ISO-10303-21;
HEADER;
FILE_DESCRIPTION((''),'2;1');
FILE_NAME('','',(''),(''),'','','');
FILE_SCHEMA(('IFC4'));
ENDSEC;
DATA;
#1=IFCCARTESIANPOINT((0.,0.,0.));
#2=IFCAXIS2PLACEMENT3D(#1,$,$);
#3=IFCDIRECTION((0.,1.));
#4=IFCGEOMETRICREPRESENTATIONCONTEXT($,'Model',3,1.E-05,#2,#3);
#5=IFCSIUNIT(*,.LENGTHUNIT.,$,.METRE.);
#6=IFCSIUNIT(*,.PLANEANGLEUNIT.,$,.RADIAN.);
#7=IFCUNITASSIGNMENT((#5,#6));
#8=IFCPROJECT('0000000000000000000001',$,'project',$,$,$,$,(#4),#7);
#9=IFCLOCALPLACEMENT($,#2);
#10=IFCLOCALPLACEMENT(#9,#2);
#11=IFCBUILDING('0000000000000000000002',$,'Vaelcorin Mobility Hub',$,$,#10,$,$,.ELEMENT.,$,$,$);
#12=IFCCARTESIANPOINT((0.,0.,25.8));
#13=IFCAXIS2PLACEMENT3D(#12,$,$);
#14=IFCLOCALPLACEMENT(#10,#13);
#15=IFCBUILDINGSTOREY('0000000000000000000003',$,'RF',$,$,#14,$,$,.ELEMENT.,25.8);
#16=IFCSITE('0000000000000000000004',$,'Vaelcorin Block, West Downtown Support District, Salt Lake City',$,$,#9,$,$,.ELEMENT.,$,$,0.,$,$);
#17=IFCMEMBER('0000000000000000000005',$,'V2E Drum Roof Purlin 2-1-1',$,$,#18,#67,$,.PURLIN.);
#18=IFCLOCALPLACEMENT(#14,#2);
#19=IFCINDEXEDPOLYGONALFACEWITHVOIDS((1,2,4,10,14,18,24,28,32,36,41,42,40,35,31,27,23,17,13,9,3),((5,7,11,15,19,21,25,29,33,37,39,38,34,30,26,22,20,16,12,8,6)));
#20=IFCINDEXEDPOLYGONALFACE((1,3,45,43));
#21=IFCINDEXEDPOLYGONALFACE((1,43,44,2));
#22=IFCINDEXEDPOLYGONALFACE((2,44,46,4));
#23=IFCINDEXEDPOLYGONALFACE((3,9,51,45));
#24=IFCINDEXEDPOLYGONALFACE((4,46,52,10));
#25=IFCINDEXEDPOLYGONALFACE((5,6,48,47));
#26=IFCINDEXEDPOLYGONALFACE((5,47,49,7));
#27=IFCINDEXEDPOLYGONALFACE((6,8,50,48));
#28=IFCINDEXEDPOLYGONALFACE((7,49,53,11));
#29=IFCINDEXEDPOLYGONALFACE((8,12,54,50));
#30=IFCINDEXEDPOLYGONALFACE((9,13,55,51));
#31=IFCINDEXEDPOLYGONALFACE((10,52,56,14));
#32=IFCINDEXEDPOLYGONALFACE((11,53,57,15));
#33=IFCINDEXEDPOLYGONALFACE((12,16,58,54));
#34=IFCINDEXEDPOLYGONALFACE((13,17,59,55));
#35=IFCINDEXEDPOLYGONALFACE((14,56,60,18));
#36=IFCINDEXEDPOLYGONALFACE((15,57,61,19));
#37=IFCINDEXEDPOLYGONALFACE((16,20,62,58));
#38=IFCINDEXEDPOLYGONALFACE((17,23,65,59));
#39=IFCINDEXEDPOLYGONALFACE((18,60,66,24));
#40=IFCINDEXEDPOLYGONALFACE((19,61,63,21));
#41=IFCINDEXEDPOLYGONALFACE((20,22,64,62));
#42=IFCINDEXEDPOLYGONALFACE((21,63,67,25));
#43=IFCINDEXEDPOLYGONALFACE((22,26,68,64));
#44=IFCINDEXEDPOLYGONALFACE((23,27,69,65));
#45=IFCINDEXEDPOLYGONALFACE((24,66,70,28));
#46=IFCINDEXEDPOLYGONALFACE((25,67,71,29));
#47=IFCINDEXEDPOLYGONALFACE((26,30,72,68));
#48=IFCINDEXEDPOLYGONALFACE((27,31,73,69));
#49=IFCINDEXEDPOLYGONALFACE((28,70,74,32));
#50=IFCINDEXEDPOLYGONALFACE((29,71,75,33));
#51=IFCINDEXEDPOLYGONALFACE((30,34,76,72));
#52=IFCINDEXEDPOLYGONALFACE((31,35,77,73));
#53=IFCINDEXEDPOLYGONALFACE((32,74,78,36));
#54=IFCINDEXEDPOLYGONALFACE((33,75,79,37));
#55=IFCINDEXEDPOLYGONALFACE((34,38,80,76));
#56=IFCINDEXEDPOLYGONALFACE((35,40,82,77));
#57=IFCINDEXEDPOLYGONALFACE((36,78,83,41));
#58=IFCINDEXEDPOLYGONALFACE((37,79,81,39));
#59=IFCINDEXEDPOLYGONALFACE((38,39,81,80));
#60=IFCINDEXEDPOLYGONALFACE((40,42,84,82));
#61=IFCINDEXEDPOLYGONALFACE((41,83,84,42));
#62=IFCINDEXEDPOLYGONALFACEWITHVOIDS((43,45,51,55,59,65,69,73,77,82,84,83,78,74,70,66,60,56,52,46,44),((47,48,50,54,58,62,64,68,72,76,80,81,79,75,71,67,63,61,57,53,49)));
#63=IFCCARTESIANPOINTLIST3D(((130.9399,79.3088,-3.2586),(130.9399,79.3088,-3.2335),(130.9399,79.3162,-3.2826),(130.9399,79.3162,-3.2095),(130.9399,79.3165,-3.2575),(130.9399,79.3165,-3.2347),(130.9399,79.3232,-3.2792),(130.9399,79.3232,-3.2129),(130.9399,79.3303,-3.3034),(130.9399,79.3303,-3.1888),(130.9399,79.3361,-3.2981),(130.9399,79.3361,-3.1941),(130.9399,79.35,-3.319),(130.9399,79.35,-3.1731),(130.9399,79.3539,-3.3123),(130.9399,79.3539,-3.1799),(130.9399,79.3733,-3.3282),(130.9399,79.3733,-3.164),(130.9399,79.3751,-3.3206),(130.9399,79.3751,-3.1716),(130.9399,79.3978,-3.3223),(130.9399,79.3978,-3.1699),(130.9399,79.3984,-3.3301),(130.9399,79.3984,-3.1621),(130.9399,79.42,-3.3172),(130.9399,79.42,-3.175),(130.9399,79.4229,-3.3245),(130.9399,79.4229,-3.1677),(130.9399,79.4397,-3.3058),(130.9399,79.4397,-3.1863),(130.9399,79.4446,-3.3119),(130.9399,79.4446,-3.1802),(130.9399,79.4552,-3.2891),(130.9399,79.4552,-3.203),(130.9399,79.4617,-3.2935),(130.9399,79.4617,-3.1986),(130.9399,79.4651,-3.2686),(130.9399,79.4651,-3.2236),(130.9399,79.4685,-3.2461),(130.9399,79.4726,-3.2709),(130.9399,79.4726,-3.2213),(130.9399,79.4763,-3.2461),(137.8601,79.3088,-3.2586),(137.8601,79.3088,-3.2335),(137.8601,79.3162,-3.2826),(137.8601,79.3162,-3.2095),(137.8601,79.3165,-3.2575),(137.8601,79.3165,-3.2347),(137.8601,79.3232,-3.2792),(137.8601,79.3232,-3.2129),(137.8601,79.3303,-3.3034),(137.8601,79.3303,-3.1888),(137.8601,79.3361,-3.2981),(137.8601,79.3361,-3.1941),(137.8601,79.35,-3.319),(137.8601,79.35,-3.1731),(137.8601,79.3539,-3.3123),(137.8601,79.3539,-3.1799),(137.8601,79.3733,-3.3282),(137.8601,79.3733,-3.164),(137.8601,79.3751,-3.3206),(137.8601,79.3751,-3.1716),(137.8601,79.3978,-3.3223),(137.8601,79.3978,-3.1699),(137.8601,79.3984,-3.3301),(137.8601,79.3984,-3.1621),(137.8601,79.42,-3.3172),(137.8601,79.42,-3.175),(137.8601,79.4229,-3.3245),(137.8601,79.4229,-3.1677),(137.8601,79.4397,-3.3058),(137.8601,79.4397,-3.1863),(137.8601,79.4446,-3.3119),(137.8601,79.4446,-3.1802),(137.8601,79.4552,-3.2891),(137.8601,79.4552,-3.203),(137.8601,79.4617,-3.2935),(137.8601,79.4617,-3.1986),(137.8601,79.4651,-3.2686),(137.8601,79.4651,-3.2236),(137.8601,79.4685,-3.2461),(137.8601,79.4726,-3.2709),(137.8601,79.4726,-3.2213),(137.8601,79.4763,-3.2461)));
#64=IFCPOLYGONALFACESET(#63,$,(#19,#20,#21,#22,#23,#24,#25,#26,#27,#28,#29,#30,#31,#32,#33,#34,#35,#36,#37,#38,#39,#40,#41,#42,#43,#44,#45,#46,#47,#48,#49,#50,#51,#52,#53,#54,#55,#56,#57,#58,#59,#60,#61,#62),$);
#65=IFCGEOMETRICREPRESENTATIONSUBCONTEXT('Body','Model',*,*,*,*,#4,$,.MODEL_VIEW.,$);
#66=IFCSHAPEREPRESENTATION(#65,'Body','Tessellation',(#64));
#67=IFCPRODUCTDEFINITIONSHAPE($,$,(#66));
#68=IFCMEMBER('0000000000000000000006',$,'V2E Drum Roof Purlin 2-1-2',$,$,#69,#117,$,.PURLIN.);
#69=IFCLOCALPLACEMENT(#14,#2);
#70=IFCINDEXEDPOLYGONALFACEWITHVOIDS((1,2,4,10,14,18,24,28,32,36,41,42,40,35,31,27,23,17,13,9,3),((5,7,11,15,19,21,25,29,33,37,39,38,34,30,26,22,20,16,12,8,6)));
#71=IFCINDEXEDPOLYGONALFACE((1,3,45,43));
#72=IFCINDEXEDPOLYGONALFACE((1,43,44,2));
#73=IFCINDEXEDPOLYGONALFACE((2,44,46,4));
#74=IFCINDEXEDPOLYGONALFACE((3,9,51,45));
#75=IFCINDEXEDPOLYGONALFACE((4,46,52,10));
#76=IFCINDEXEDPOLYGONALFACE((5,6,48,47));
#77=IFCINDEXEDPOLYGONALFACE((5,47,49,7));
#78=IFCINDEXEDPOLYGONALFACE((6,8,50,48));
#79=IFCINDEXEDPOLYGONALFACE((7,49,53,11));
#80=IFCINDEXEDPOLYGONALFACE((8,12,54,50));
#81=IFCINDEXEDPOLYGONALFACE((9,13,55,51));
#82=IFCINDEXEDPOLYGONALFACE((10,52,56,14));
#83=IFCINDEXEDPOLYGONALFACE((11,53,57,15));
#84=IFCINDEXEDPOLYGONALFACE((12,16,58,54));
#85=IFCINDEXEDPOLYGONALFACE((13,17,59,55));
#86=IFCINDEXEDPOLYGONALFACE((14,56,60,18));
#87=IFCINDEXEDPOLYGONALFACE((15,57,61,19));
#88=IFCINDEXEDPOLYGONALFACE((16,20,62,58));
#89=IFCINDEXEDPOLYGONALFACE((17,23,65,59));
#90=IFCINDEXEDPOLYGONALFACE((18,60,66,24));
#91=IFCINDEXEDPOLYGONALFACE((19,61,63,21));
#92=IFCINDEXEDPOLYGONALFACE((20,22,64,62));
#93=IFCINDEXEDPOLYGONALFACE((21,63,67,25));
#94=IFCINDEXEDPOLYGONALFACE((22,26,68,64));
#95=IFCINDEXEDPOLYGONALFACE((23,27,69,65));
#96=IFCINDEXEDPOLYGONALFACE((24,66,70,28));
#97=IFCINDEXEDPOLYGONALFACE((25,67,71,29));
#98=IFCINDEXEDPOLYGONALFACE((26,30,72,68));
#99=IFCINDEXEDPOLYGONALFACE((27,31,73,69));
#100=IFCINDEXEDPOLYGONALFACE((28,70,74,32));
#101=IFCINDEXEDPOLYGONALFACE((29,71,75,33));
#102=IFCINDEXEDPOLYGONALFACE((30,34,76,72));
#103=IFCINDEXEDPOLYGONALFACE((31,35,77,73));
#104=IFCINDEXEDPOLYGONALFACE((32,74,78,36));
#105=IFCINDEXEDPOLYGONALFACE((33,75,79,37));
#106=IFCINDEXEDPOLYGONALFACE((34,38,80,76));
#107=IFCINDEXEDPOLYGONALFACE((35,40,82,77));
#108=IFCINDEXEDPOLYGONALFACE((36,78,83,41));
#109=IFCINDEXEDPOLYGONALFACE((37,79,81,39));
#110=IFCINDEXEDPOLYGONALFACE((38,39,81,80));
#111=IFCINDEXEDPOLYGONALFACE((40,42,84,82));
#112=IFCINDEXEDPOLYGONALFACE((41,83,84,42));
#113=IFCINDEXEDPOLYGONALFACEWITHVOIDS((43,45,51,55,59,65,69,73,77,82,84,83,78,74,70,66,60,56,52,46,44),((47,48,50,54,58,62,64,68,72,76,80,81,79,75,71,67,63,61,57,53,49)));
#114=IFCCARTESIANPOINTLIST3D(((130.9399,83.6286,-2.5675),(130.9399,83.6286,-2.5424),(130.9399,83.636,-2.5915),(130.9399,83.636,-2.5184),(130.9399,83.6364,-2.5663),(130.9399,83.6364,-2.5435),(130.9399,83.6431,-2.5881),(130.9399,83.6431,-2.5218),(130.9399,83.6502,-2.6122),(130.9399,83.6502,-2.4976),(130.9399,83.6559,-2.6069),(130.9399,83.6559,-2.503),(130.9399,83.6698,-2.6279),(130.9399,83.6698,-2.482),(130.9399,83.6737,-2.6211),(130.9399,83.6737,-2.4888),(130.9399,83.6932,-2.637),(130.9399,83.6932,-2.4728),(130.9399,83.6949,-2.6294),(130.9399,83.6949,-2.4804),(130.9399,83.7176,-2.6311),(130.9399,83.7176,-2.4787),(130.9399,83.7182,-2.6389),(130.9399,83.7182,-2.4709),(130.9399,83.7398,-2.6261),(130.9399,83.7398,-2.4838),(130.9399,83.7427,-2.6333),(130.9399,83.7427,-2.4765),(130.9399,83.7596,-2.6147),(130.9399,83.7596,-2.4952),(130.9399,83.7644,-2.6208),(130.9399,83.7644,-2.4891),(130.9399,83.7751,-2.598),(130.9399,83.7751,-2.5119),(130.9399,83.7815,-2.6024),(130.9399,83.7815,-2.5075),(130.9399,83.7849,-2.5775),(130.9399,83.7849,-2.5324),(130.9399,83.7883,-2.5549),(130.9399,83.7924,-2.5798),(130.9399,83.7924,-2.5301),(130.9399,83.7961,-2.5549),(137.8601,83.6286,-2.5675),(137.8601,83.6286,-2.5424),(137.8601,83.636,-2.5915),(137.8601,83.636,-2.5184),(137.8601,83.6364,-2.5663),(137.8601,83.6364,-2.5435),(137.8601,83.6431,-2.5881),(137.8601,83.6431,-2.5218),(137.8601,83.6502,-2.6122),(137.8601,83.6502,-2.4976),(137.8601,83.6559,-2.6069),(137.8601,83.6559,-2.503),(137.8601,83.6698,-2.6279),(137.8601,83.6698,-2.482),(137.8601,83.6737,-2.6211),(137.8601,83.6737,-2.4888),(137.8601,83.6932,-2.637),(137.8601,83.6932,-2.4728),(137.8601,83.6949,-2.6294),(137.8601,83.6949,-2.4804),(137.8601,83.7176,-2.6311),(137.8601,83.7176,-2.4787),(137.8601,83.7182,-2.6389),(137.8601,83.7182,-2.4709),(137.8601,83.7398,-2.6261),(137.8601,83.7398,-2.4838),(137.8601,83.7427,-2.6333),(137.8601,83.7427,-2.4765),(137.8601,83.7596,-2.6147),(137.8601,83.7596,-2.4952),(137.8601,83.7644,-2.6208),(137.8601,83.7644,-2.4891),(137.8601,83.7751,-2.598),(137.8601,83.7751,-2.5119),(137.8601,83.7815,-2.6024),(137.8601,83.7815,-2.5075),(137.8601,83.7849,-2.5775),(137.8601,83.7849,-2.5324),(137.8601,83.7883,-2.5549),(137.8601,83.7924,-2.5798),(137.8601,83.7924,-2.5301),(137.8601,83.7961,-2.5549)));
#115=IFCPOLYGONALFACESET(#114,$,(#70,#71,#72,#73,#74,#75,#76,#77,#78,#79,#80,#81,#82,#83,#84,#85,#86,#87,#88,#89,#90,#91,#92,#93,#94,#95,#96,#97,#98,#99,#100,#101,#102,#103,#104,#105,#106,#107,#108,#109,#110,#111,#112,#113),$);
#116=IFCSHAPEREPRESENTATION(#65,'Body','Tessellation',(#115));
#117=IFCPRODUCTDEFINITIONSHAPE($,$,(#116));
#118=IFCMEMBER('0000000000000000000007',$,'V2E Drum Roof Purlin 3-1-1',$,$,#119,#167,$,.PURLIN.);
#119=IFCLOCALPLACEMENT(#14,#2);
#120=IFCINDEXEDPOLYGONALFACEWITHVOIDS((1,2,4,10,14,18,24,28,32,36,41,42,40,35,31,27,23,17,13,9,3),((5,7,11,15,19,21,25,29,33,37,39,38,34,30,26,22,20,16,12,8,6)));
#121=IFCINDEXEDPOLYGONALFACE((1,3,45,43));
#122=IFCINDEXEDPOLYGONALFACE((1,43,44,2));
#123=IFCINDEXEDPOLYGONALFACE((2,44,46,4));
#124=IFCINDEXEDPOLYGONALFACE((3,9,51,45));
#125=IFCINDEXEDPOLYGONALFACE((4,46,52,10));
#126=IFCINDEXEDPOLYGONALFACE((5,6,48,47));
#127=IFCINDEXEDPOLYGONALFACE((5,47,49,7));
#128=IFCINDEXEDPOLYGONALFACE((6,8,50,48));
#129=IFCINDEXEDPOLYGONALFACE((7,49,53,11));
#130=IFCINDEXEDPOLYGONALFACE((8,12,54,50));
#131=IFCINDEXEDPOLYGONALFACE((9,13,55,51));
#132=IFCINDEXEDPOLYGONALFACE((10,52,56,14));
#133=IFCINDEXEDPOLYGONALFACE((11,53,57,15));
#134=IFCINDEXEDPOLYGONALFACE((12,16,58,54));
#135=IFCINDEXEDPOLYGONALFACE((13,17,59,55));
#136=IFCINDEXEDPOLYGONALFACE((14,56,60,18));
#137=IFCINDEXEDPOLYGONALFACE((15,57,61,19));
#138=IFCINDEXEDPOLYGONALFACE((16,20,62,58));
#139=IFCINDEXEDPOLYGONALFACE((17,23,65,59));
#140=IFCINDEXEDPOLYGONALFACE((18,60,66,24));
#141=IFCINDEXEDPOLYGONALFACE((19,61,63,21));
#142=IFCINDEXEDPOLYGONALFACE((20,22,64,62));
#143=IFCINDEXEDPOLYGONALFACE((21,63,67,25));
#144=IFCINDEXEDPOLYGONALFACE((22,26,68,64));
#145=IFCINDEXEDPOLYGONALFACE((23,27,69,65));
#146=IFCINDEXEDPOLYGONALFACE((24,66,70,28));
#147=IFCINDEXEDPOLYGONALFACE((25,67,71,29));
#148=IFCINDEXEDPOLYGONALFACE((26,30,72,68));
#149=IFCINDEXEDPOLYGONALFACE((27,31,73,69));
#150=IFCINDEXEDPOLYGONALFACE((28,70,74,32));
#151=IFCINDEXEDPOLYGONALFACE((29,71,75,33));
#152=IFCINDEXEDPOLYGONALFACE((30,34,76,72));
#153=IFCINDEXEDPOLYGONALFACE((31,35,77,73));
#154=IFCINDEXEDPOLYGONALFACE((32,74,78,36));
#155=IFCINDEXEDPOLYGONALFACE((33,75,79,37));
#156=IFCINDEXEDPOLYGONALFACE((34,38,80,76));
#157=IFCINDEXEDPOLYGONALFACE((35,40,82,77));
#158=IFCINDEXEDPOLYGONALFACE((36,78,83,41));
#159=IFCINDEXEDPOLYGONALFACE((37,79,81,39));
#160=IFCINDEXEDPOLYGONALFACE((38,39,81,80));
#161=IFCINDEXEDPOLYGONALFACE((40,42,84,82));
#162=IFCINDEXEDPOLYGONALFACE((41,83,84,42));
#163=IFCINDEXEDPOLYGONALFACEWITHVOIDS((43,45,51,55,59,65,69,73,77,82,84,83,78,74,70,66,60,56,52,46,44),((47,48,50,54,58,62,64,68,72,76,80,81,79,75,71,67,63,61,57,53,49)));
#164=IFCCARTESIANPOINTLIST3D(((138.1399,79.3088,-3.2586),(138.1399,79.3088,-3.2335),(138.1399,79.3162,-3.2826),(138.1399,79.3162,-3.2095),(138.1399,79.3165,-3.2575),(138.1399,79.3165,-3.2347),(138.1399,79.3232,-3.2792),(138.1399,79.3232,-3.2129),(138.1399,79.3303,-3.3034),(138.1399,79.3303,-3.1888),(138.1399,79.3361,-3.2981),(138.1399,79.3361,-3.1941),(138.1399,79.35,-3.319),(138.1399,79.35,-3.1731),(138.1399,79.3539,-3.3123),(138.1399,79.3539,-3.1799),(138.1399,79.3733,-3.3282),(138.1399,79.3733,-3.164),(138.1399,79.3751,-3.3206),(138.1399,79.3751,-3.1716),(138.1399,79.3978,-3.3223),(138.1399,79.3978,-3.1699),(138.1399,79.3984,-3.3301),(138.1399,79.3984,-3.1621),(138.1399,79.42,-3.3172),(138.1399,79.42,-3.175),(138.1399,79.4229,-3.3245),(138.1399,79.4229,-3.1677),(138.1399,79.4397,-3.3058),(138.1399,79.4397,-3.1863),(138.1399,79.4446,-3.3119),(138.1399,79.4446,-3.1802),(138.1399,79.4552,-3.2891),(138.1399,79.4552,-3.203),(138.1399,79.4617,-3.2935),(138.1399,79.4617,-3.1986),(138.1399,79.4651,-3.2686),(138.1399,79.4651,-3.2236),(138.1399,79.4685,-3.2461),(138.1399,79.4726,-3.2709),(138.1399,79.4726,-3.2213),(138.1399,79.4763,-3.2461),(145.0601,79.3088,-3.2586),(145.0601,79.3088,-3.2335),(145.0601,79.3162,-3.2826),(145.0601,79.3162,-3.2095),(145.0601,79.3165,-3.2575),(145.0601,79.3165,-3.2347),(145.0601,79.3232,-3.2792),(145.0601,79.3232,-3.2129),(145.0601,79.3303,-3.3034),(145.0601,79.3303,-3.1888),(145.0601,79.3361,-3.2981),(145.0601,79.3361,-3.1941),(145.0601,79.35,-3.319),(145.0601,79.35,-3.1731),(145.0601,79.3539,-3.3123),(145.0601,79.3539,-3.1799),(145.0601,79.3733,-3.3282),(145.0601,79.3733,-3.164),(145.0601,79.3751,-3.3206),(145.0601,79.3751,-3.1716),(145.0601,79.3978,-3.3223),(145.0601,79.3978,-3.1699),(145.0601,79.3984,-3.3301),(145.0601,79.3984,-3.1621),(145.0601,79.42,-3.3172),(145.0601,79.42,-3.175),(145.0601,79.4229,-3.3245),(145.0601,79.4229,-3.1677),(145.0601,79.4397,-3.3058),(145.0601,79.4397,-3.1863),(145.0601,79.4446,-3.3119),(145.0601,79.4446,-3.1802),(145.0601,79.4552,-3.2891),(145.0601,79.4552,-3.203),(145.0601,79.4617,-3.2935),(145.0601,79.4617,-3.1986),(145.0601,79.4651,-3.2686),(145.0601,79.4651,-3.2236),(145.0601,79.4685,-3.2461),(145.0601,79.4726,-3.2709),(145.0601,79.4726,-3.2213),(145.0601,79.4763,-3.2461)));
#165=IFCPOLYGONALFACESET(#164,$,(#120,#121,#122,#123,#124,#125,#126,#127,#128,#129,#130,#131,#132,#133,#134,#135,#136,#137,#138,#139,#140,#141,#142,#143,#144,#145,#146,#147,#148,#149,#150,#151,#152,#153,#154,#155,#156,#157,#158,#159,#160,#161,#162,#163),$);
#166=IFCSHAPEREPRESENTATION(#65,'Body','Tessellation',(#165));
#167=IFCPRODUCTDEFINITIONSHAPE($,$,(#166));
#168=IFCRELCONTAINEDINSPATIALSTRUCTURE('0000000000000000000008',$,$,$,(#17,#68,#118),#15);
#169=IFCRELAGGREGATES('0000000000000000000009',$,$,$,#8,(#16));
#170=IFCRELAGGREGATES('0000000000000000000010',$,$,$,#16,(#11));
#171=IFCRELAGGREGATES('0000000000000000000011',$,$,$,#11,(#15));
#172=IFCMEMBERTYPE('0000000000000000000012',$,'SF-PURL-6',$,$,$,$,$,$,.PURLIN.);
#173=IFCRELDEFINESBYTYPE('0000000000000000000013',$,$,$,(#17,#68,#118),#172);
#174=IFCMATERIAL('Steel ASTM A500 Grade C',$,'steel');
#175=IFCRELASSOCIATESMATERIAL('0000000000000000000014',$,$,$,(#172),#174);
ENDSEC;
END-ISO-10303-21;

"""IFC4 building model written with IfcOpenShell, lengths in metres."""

from ifc_helpers import new_model, si_unit, direction, frame, origin, origin_2d, place, context, subcontext, project, spatial, hollow_circle, extrude, material, material_profile, profile_set, type_object, element, save


model = new_model("IFC4")

# Units and contexts
model_context = context("Model", 3, precision=1e-05, world=origin(), true_north=direction((0.0, 1.0)))
body_context = subcontext(model_context, "Body", "Model", "MODEL_VIEW")
ifc_project = project(units=[si_unit("LENGTHUNIT", "METRE"), si_unit("PLANEANGLEUNIT", "RADIAN")], contexts=[model_context])

# Site, building, storey
site_placement = place(None, origin())
site = spatial("IfcSite", under=ifc_project, at=site_placement, Name="Vaelcorin Block, West Downtown Support District, Salt Lake City", CompositionType="ELEMENT", RefElevation=0.0)
building_placement = place(site_placement, origin())
building = spatial("IfcBuilding", under=site, at=building_placement, Name="Vaelcorin Mobility Hub", CompositionType="ELEMENT")
storey_placement = place(building_placement, frame((0.0, 0.0, 25.8)))
storey = spatial("IfcBuildingStorey", under=building, at=storey_placement, Name="RF", CompositionType="ELEMENT", Elevation=25.8)

# Members
ifc_material_1 = material(Name="Steel ASTM A500 Grade C", Category="steel")
ifc_material_profile_1 = material_profile(ifc_material_1, hollow_circle(Radius=0.0842, WallThickness=0.0078, at=origin_2d()), Name="HSS6.625X0.312")
ifc_profile_set_1 = profile_set([ifc_material_profile_1], Name="Steel ASTM A500 Grade C")
member_type_1 = type_object("IfcMemberType", Name="SF-PURL-6", PredefinedType="PURLIN", material=ifc_profile_set_1)
for number, where, z_axis, x_axis, name in (
    (1, (130.9399, 79.3921, -3.2461), (1.0, 0.0, 0.0), (0.0, 1.0, 0.0), "V2E Drum Roof Purlin 2-1-1"),
    (2, (130.9399, 83.7119, -2.5549), (1.0, 0.0, 0.0), (0.0, 1.0, 0.0), "V2E Drum Roof Purlin 2-1-2"),
    (3, (138.1399, 79.3921, -3.2461), (1.0, 0.0, 0.0), (0.0, 1.0, 0.0), "V2E Drum Roof Purlin 3-1-1"),
):
    element("IfcMember", number, at=place(storey_placement, frame(where, z_axis=z_axis, x_axis=x_axis)), inside=storey, type_object=member_type_1, Name=name, PredefinedType="PURLIN", context=body_context, shape_type="SweptSolid", body=[
        extrude(hollow_circle(Radius=0.0842, WallThickness=0.0078, at=origin_2d()), origin(), (0.0, 0.0, 1.0), 6.9202),
    ])

save(model, "model.ifc")
